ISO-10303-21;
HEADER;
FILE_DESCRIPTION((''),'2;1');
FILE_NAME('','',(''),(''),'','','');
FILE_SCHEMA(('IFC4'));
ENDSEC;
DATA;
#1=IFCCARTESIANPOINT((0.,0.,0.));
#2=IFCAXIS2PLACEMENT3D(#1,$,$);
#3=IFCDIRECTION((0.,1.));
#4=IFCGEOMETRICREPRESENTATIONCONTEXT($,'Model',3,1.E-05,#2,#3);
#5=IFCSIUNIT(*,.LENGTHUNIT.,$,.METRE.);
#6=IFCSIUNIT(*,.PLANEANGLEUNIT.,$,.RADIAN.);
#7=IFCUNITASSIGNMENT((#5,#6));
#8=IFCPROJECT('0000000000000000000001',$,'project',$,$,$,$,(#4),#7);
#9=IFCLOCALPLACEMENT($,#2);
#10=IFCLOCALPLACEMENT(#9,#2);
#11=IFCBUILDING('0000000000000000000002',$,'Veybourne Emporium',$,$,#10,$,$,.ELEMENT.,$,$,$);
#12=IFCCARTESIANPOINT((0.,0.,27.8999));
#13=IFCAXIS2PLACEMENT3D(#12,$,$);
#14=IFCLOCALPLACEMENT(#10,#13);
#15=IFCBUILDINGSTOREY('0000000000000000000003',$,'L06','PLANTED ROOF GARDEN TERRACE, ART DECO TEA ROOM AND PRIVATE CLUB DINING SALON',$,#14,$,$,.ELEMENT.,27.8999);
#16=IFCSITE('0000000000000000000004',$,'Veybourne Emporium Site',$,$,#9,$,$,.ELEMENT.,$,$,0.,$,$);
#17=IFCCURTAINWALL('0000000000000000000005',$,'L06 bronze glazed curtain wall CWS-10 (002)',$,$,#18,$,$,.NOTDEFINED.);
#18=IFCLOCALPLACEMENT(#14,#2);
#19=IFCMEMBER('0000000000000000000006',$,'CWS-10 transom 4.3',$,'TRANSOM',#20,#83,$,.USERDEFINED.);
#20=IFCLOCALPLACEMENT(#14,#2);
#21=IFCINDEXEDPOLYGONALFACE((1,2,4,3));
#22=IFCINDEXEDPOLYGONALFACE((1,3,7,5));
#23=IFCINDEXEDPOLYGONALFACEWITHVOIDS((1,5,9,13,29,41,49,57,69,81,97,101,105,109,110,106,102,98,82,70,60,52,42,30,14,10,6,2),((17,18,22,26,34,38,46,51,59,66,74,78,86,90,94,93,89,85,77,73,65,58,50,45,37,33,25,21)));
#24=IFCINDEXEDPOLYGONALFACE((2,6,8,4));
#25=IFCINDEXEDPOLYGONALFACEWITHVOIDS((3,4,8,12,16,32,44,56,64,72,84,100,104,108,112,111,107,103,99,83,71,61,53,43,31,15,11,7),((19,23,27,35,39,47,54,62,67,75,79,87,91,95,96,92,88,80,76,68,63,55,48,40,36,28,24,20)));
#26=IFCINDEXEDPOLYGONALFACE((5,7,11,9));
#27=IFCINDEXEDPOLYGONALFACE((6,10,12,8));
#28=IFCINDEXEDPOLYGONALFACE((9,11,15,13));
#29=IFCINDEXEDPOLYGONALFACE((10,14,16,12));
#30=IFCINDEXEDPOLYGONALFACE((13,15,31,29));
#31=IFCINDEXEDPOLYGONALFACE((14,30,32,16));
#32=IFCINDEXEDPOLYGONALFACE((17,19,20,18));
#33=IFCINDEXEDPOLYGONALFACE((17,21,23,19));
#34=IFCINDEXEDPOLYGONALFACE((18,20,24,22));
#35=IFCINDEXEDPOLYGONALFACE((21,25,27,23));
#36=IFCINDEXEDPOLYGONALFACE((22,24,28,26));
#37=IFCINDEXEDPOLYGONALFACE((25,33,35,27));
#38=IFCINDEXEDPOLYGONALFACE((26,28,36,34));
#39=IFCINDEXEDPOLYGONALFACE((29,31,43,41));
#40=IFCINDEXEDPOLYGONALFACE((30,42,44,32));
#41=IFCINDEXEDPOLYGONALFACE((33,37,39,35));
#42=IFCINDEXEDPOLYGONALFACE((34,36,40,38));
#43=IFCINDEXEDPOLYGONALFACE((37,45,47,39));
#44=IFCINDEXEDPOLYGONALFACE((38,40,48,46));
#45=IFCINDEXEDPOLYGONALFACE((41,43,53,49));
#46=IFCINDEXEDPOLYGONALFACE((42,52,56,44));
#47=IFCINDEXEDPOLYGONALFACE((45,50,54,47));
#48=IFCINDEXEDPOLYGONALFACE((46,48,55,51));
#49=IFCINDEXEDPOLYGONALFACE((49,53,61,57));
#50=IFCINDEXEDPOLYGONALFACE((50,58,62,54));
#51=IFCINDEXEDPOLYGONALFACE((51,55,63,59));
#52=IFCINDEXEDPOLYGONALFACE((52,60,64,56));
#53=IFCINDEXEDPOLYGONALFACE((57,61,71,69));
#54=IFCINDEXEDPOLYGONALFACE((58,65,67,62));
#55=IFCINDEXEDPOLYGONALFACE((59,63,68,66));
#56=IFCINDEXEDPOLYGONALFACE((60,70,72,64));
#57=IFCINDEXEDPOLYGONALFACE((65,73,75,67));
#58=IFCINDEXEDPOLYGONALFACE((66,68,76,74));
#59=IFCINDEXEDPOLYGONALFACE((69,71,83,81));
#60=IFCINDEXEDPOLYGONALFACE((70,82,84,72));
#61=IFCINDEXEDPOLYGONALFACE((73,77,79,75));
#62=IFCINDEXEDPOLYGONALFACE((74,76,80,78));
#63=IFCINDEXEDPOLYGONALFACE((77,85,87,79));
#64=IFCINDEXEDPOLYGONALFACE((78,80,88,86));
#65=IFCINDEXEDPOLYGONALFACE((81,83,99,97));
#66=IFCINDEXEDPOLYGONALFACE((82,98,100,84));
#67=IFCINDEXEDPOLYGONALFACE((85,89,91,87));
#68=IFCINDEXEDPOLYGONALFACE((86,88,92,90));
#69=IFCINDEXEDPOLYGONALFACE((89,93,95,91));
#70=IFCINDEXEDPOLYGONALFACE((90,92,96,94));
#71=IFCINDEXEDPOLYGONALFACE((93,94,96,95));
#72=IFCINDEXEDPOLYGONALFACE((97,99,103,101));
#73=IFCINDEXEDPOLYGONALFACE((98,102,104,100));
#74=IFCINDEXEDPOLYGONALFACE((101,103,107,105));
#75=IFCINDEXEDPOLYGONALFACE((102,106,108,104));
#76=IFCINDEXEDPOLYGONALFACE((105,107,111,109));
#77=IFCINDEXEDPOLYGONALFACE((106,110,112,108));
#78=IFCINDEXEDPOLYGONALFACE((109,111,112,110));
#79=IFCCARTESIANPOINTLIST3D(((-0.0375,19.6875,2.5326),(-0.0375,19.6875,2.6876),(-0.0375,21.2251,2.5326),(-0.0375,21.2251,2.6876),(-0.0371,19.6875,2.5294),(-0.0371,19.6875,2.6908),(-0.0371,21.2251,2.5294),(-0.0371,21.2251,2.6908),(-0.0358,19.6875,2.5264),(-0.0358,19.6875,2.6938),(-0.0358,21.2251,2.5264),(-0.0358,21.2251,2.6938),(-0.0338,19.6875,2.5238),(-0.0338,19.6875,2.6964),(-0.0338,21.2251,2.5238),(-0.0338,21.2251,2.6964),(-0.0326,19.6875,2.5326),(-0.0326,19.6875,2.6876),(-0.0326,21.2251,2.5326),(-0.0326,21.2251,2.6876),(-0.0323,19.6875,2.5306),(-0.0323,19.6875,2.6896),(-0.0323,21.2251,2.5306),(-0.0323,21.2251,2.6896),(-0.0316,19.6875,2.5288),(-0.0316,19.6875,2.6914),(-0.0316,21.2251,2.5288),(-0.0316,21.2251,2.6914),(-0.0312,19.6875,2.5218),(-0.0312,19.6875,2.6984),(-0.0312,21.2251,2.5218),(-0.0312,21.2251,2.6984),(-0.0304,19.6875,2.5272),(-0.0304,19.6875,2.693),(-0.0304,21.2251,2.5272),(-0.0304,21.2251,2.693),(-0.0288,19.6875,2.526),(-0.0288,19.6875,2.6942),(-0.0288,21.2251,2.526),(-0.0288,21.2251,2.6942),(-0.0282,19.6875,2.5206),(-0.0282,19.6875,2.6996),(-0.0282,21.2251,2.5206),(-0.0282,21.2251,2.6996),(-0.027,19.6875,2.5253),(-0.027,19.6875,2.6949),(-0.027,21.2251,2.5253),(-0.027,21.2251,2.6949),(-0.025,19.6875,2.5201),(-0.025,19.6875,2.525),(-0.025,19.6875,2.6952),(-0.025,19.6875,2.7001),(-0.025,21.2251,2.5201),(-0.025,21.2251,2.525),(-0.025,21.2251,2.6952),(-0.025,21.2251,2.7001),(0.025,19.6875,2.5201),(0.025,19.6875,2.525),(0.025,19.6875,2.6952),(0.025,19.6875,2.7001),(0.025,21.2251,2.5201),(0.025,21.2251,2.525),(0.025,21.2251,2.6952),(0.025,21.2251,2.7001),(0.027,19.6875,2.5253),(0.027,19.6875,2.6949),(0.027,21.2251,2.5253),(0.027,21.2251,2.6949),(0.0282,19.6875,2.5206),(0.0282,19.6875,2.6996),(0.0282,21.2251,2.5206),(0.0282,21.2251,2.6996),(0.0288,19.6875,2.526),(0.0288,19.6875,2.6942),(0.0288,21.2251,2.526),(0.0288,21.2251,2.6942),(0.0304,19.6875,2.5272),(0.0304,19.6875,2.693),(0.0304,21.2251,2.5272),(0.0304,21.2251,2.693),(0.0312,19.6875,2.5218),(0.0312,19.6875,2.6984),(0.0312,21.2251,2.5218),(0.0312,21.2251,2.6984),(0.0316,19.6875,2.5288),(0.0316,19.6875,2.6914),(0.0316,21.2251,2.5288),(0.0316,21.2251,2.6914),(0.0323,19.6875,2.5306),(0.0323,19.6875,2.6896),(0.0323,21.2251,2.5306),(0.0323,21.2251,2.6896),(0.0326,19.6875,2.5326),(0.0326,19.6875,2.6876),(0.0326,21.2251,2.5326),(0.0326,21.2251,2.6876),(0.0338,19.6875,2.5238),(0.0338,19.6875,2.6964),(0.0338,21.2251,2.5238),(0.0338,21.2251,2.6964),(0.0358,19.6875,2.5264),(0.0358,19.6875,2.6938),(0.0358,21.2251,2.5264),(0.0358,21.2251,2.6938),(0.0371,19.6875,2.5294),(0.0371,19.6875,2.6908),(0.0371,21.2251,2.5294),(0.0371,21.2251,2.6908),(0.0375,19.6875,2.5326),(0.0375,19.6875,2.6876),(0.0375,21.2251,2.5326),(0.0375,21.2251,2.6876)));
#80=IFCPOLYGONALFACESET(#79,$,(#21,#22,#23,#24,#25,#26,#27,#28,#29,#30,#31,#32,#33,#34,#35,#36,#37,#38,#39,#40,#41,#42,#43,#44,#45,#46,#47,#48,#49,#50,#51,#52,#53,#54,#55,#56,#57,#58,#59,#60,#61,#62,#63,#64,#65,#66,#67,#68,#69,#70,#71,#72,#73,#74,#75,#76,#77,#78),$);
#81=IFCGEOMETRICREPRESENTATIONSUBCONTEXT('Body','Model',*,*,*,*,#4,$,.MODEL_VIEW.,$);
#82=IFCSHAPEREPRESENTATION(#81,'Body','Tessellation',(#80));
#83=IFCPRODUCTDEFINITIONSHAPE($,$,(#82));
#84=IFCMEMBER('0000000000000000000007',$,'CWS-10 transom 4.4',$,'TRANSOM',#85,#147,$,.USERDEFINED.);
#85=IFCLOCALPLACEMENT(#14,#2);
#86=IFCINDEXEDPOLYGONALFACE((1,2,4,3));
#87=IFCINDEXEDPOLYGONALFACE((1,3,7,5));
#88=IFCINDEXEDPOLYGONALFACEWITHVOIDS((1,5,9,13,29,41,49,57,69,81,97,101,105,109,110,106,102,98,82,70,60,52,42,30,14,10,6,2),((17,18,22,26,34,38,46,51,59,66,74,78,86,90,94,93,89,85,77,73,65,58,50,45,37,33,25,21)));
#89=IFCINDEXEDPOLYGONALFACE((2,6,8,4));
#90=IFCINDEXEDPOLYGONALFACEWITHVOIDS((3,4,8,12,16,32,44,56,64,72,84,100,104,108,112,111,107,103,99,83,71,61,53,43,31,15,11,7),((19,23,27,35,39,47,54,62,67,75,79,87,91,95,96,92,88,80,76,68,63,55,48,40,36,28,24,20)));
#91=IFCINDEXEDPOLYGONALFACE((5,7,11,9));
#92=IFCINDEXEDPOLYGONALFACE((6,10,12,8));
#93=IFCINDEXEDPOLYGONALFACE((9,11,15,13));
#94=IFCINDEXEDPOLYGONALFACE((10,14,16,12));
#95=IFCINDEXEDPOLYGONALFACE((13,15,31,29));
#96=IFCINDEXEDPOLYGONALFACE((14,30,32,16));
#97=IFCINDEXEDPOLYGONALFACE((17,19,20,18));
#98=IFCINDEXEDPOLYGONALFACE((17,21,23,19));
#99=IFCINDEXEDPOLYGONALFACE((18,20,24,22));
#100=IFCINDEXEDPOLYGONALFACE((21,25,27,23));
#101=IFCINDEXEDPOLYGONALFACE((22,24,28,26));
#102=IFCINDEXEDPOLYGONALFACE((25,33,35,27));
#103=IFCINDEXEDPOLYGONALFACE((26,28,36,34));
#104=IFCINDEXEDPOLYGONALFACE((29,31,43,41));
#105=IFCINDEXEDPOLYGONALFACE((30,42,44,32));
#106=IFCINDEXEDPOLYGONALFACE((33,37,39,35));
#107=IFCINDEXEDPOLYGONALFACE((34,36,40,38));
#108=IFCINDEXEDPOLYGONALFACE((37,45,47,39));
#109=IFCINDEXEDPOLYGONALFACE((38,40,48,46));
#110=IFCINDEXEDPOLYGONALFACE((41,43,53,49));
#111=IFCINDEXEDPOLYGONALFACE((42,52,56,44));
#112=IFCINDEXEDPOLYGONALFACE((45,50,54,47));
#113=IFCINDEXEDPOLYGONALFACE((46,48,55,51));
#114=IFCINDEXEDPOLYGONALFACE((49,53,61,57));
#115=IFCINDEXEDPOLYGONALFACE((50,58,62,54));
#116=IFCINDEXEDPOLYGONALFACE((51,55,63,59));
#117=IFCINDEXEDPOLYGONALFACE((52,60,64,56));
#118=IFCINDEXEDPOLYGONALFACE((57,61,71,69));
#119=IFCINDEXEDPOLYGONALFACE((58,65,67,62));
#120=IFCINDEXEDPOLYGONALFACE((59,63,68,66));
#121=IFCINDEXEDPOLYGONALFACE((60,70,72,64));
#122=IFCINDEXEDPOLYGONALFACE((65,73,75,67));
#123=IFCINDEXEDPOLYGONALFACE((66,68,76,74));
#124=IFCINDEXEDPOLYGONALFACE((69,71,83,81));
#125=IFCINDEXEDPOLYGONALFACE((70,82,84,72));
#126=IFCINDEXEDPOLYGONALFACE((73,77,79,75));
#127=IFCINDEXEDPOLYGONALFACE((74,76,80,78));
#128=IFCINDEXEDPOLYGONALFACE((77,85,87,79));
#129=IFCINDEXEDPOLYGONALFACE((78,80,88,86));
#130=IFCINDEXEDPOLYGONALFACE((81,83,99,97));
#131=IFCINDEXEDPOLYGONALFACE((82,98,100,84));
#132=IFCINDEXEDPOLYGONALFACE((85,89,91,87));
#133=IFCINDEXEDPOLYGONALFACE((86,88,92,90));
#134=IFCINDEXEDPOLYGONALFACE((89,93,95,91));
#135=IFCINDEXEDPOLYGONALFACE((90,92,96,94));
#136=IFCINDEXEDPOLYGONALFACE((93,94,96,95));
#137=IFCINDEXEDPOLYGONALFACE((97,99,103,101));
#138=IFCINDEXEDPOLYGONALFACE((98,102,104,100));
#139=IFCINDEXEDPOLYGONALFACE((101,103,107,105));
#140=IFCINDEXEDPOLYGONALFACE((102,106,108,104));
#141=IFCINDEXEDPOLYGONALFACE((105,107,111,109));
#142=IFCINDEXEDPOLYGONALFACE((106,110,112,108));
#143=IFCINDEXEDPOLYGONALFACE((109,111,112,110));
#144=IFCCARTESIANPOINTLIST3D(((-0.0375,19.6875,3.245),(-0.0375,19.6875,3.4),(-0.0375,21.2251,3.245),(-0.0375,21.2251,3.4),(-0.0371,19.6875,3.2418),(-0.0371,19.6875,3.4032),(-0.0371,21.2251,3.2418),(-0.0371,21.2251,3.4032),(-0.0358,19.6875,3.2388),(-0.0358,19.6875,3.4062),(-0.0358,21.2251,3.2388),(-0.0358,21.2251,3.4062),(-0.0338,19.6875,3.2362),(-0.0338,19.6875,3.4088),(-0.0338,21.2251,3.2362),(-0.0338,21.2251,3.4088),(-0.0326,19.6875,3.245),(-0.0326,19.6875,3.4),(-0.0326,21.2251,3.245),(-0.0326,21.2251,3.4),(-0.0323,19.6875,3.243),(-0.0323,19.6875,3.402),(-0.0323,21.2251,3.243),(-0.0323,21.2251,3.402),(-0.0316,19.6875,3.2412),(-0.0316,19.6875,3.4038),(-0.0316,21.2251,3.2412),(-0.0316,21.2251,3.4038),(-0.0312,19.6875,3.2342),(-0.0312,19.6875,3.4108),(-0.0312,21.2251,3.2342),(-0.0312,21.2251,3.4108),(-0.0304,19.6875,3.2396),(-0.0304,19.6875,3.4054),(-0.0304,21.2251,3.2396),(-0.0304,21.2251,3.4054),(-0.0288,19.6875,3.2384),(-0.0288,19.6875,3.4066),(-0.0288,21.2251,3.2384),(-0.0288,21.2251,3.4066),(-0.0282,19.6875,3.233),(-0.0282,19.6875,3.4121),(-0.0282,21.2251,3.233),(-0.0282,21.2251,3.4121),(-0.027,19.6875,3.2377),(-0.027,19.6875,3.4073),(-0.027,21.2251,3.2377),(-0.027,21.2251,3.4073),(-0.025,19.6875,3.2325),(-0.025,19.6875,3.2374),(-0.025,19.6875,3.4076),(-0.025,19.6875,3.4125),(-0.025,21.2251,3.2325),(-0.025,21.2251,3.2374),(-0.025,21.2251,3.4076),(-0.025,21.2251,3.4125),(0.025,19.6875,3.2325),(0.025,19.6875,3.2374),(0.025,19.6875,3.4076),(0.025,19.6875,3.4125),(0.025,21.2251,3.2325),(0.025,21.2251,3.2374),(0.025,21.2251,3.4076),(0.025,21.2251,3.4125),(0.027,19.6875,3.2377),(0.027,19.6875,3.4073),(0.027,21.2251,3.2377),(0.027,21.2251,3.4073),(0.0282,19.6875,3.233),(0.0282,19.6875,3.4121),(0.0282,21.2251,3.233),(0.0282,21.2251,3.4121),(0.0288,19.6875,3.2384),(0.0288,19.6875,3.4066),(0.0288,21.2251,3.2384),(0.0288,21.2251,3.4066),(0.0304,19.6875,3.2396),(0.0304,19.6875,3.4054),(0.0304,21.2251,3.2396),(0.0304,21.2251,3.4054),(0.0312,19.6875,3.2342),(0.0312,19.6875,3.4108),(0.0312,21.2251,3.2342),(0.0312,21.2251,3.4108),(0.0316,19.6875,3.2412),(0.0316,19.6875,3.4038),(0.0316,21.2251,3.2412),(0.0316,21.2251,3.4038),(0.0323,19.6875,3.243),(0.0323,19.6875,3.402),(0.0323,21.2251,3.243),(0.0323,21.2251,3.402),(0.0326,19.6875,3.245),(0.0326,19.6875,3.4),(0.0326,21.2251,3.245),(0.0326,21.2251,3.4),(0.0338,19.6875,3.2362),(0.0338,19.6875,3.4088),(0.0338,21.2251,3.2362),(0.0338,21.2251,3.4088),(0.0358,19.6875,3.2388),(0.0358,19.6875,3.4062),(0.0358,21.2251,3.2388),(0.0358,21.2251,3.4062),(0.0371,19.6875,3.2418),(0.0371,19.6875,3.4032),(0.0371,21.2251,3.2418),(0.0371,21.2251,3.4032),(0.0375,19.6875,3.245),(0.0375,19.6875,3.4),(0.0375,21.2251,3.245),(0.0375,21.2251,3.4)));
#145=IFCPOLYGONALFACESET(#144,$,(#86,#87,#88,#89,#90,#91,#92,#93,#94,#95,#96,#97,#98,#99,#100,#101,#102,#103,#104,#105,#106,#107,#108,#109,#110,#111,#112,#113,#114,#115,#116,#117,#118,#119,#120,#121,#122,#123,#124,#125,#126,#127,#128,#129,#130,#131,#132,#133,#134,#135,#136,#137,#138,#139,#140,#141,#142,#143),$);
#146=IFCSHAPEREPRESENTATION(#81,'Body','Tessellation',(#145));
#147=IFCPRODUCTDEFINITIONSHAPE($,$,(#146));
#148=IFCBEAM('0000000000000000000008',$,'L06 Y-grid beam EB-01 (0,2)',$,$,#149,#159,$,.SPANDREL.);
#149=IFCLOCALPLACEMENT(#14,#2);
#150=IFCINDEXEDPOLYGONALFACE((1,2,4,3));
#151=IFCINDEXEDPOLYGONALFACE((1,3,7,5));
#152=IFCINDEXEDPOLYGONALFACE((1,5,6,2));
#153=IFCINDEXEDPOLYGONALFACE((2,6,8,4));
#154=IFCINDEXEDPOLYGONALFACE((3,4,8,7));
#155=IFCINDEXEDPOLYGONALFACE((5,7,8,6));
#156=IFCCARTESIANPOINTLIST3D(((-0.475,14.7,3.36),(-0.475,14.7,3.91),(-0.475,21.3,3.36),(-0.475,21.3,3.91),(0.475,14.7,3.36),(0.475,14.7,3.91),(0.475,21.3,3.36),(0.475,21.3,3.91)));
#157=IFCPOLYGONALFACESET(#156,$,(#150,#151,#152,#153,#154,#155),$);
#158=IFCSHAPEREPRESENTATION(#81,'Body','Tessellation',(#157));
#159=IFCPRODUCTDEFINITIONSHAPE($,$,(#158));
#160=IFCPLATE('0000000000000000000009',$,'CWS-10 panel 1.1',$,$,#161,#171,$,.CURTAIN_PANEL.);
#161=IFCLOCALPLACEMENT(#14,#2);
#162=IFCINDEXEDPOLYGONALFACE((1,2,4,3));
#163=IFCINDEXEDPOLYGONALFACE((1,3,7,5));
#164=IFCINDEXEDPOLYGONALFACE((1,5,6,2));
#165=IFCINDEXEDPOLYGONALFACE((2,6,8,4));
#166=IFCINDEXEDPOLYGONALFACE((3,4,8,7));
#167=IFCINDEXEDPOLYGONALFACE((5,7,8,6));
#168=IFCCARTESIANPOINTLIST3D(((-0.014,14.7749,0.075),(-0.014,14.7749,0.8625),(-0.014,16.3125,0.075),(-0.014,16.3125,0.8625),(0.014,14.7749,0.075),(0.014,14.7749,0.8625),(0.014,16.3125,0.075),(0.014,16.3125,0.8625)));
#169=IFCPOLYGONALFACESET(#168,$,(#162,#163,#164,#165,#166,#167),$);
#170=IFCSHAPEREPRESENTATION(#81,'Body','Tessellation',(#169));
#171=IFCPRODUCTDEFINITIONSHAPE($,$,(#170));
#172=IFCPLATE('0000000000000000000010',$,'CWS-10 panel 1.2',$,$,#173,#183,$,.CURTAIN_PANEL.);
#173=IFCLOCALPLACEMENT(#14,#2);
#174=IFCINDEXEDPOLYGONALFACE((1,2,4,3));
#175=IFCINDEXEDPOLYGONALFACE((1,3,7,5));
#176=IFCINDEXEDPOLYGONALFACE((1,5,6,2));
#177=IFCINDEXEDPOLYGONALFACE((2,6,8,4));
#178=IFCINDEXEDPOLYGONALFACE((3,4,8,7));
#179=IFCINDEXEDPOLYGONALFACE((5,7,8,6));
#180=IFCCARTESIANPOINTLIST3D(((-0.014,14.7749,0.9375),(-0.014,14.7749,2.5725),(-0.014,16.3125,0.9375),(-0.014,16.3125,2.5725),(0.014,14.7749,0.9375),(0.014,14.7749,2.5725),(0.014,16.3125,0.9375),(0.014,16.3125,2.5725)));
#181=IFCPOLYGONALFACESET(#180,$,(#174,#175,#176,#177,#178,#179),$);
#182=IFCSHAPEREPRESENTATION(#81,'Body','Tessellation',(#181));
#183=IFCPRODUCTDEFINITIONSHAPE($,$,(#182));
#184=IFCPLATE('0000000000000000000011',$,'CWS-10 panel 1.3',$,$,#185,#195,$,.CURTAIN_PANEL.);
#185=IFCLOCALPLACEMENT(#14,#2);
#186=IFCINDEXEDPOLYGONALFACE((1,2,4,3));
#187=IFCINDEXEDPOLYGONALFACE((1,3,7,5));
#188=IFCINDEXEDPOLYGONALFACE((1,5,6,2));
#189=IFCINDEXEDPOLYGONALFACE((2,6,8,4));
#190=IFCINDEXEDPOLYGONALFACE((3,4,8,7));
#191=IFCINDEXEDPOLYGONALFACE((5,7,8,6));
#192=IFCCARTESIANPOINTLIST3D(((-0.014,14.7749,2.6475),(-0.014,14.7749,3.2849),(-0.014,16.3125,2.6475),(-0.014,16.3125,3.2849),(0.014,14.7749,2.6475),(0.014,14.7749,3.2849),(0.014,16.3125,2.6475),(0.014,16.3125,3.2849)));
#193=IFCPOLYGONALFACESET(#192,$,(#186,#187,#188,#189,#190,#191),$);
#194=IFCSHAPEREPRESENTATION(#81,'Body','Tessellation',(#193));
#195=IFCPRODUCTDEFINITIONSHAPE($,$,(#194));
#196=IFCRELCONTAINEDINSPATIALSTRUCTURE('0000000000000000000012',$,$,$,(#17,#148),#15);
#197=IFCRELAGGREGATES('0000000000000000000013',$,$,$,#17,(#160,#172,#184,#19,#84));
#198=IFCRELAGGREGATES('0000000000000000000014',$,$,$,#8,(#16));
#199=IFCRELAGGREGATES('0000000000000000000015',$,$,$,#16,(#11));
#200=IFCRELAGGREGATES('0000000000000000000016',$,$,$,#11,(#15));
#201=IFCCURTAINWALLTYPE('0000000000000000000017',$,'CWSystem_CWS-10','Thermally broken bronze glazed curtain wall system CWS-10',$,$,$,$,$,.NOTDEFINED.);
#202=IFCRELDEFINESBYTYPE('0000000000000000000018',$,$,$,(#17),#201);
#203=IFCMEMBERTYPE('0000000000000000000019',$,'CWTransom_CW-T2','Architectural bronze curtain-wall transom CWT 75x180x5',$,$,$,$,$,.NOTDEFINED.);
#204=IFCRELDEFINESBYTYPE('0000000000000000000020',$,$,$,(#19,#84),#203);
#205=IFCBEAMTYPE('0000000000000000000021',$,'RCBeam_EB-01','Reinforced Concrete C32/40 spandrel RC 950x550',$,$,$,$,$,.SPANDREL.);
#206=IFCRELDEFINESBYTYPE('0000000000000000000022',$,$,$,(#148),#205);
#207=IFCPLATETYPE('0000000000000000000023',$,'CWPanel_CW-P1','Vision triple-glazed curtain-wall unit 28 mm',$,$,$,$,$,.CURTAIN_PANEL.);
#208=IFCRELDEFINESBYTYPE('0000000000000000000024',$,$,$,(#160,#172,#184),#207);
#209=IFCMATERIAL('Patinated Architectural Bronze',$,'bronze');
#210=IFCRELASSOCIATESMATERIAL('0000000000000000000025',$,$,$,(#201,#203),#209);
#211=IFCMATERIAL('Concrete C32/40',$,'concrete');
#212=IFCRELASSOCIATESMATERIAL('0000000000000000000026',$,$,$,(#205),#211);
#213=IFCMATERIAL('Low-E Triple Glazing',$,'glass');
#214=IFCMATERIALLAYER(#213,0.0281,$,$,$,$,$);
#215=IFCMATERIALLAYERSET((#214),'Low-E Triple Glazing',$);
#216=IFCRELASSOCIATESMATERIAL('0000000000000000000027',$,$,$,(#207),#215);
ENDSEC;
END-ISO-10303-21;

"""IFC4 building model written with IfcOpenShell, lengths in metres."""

from ifc_helpers import new_model, si_unit, direction, frame, origin, origin_2d, place, context, subcontext, project, spatial, rectangle, hollow_rectangle, extrude, material, layer, layer_set, material_profile, profile_set, type_object, element, aggregate, save


model = new_model("IFC4")

# Units and contexts
model_context = context("Model", 3, precision=1e-05, world=origin(), true_north=direction((0.0, 1.0)))
body_context = subcontext(model_context, "Body", "Model", "MODEL_VIEW")
ifc_project = project(units=[si_unit("LENGTHUNIT", "METRE"), si_unit("PLANEANGLEUNIT", "RADIAN")], contexts=[model_context])

# Site, building, storey
site_placement = place(None, origin())
site = spatial("IfcSite", under=ifc_project, at=site_placement, Name="Veybourne Emporium Site", CompositionType="ELEMENT", RefElevation=0.0)
building_placement = place(site_placement, origin())
building = spatial("IfcBuilding", under=site, at=building_placement, Name="Veybourne Emporium", CompositionType="ELEMENT")
storey_placement = place(building_placement, frame((0.0, 0.0, 27.8999)))
storey = spatial("IfcBuildingStorey", under=building, at=storey_placement, Name="L06", Description="PLANTED ROOF GARDEN TERRACE, ART DECO TEA ROOM AND PRIVATE CLUB DINING SALON", CompositionType="ELEMENT", Elevation=27.8999)

# Curtain wall, members
ifc_material_1 = material(Name="Patinated Architectural Bronze", Category="bronze")
curtain_wall_type = type_object("IfcCurtainWallType", Name="CWSystem_CWS-10", Description="Thermally broken bronze glazed curtain wall system CWS-10", PredefinedType="NOTDEFINED", material=ifc_material_1)
curtain_wall_placement = place(storey_placement, origin())
curtain_wall = element("IfcCurtainWall", 1, at=curtain_wall_placement, inside=storey, type_object=curtain_wall_type, Name="L06 bronze glazed curtain wall CWS-10 (002)", PredefinedType="NOTDEFINED")
ifc_material_profile_1 = material_profile(ifc_material_1, hollow_rectangle(XDim=0.075, YDim=0.1799, WallThickness=0.0049, InnerFilletRadius=0.0076, OuterFilletRadius=0.0125, at=origin_2d()), Name="CWT 75x180x5")
ifc_profile_set_1 = profile_set([ifc_material_profile_1], Name="Patinated Architectural Bronze")
member_type_1 = type_object("IfcMemberType", Name="CWTransom_CW-T2", Description="Architectural bronze curtain-wall transom CWT 75x180x5", PredefinedType="NOTDEFINED", material=ifc_profile_set_1)
member_1_placement = place(storey_placement, frame((0.0, 19.6875, 2.6101), z_axis=(0.0, 1.0, 0.0), x_axis=(-1.0, 0.0, 0.0)))
member_1 = element("IfcMember", 2, at=member_1_placement, type_object=member_type_1, Name="CWS-10 transom 4.3", ObjectType="TRANSOM", PredefinedType="USERDEFINED", context=body_context, shape_type="SweptSolid", body=[
    extrude(hollow_rectangle(XDim=0.075, YDim=0.1799, WallThickness=0.0049, InnerFilletRadius=0.0076, OuterFilletRadius=0.0125, at=origin_2d()), origin(), (0.0, 0.0, 1.0), 1.5376),
])
member_2_placement = place(storey_placement, frame((0.0, 19.6875, 3.3225), z_axis=(0.0, 1.0, 0.0), x_axis=(-1.0, 0.0, 0.0)))
member_2 = element("IfcMember", 3, at=member_2_placement, type_object=member_type_1, Name="CWS-10 transom 4.4", ObjectType="TRANSOM", PredefinedType="USERDEFINED", context=body_context, shape_type="SweptSolid", body=[
    extrude(hollow_rectangle(XDim=0.075, YDim=0.1799, WallThickness=0.0049, InnerFilletRadius=0.0076, OuterFilletRadius=0.0125, at=origin_2d()), origin(), (0.0, 0.0, 1.0), 1.5376),
])

# Beam
ifc_material_2 = material(Name="Concrete C32/40", Category="concrete")
ifc_material_profile_2 = material_profile(ifc_material_2, rectangle(XDim=0.95, YDim=0.55, at=origin_2d()), Name="RC 950x550")
ifc_profile_set_2 = profile_set([ifc_material_profile_2], Name="Concrete C32/40")
beam_type = type_object("IfcBeamType", Name="RCBeam_EB-01", Description="Reinforced Concrete C32/40 spandrel RC 950x550", PredefinedType="SPANDREL", material=ifc_profile_set_2)
beam_placement = place(storey_placement, frame((0.0, 14.7, 3.635), z_axis=(0.0, 1.0, 0.0), x_axis=(-1.0, 0.0, 0.0)))
element("IfcBeam", 4, at=beam_placement, inside=storey, type_object=beam_type, Name="L06 Y-grid beam EB-01 (0,2)", PredefinedType="SPANDREL", context=body_context, shape_type="SweptSolid", body=[
    extrude(rectangle(XDim=0.95, YDim=0.55, at=origin_2d()), origin(), (0.0, 0.0, 1.0), 6.6001),
])

# Plates
ifc_material_3 = material(Name="Low-E Triple Glazing", Category="glass")
ifc_layer_1 = layer(ifc_material_3, 0.0281)
ifc_layer_set_1 = layer_set([ifc_layer_1], Name="Low-E Triple Glazing")
plate_type = type_object("IfcPlateType", Name="CWPanel_CW-P1", Description="Vision triple-glazed curtain-wall unit 28 mm", PredefinedType="CURTAIN_PANEL", material=ifc_layer_set_1)
plate_1_placement = place(storey_placement, frame((0.0, 15.5437, 0.075), z_axis=(0.0, 0.0, 1.0), x_axis=(0.0, 1.0, 0.0)))
plate_1 = element("IfcPlate", 5, at=plate_1_placement, type_object=plate_type, Name="CWS-10 panel 1.1", PredefinedType="CURTAIN_PANEL", context=body_context, shape_type="SweptSolid", body=[
    extrude(rectangle(XDim=1.5376, YDim=0.0281, at=origin_2d()), origin(), (0.0, 0.0, 1.0), 0.7876),
])
plate_2_placement = place(storey_placement, frame((0.0, 15.5437, 0.9375), z_axis=(0.0, 0.0, 1.0), x_axis=(0.0, 1.0, 0.0)))
plate_2 = element("IfcPlate", 6, at=plate_2_placement, type_object=plate_type, Name="CWS-10 panel 1.2", PredefinedType="CURTAIN_PANEL", context=body_context, shape_type="SweptSolid", body=[
    extrude(rectangle(XDim=1.5376, YDim=0.0281, at=origin_2d()), origin(), (0.0, 0.0, 1.0), 1.635),
])
plate_3_placement = place(storey_placement, frame((0.0, 15.5437, 2.6475), z_axis=(0.0, 0.0, 1.0), x_axis=(0.0, 1.0, 0.0)))
plate_3 = element("IfcPlate", 7, at=plate_3_placement, type_object=plate_type, Name="CWS-10 panel 1.3", PredefinedType="CURTAIN_PANEL", context=body_context, shape_type="SweptSolid", body=[
    extrude(rectangle(XDim=1.5376, YDim=0.0281, at=origin_2d()), origin(), (0.0, 0.0, 1.0), 0.6375),
])
aggregate(curtain_wall, [plate_1, plate_2, plate_3, member_1, member_2])

save(model, "model.ifc")
